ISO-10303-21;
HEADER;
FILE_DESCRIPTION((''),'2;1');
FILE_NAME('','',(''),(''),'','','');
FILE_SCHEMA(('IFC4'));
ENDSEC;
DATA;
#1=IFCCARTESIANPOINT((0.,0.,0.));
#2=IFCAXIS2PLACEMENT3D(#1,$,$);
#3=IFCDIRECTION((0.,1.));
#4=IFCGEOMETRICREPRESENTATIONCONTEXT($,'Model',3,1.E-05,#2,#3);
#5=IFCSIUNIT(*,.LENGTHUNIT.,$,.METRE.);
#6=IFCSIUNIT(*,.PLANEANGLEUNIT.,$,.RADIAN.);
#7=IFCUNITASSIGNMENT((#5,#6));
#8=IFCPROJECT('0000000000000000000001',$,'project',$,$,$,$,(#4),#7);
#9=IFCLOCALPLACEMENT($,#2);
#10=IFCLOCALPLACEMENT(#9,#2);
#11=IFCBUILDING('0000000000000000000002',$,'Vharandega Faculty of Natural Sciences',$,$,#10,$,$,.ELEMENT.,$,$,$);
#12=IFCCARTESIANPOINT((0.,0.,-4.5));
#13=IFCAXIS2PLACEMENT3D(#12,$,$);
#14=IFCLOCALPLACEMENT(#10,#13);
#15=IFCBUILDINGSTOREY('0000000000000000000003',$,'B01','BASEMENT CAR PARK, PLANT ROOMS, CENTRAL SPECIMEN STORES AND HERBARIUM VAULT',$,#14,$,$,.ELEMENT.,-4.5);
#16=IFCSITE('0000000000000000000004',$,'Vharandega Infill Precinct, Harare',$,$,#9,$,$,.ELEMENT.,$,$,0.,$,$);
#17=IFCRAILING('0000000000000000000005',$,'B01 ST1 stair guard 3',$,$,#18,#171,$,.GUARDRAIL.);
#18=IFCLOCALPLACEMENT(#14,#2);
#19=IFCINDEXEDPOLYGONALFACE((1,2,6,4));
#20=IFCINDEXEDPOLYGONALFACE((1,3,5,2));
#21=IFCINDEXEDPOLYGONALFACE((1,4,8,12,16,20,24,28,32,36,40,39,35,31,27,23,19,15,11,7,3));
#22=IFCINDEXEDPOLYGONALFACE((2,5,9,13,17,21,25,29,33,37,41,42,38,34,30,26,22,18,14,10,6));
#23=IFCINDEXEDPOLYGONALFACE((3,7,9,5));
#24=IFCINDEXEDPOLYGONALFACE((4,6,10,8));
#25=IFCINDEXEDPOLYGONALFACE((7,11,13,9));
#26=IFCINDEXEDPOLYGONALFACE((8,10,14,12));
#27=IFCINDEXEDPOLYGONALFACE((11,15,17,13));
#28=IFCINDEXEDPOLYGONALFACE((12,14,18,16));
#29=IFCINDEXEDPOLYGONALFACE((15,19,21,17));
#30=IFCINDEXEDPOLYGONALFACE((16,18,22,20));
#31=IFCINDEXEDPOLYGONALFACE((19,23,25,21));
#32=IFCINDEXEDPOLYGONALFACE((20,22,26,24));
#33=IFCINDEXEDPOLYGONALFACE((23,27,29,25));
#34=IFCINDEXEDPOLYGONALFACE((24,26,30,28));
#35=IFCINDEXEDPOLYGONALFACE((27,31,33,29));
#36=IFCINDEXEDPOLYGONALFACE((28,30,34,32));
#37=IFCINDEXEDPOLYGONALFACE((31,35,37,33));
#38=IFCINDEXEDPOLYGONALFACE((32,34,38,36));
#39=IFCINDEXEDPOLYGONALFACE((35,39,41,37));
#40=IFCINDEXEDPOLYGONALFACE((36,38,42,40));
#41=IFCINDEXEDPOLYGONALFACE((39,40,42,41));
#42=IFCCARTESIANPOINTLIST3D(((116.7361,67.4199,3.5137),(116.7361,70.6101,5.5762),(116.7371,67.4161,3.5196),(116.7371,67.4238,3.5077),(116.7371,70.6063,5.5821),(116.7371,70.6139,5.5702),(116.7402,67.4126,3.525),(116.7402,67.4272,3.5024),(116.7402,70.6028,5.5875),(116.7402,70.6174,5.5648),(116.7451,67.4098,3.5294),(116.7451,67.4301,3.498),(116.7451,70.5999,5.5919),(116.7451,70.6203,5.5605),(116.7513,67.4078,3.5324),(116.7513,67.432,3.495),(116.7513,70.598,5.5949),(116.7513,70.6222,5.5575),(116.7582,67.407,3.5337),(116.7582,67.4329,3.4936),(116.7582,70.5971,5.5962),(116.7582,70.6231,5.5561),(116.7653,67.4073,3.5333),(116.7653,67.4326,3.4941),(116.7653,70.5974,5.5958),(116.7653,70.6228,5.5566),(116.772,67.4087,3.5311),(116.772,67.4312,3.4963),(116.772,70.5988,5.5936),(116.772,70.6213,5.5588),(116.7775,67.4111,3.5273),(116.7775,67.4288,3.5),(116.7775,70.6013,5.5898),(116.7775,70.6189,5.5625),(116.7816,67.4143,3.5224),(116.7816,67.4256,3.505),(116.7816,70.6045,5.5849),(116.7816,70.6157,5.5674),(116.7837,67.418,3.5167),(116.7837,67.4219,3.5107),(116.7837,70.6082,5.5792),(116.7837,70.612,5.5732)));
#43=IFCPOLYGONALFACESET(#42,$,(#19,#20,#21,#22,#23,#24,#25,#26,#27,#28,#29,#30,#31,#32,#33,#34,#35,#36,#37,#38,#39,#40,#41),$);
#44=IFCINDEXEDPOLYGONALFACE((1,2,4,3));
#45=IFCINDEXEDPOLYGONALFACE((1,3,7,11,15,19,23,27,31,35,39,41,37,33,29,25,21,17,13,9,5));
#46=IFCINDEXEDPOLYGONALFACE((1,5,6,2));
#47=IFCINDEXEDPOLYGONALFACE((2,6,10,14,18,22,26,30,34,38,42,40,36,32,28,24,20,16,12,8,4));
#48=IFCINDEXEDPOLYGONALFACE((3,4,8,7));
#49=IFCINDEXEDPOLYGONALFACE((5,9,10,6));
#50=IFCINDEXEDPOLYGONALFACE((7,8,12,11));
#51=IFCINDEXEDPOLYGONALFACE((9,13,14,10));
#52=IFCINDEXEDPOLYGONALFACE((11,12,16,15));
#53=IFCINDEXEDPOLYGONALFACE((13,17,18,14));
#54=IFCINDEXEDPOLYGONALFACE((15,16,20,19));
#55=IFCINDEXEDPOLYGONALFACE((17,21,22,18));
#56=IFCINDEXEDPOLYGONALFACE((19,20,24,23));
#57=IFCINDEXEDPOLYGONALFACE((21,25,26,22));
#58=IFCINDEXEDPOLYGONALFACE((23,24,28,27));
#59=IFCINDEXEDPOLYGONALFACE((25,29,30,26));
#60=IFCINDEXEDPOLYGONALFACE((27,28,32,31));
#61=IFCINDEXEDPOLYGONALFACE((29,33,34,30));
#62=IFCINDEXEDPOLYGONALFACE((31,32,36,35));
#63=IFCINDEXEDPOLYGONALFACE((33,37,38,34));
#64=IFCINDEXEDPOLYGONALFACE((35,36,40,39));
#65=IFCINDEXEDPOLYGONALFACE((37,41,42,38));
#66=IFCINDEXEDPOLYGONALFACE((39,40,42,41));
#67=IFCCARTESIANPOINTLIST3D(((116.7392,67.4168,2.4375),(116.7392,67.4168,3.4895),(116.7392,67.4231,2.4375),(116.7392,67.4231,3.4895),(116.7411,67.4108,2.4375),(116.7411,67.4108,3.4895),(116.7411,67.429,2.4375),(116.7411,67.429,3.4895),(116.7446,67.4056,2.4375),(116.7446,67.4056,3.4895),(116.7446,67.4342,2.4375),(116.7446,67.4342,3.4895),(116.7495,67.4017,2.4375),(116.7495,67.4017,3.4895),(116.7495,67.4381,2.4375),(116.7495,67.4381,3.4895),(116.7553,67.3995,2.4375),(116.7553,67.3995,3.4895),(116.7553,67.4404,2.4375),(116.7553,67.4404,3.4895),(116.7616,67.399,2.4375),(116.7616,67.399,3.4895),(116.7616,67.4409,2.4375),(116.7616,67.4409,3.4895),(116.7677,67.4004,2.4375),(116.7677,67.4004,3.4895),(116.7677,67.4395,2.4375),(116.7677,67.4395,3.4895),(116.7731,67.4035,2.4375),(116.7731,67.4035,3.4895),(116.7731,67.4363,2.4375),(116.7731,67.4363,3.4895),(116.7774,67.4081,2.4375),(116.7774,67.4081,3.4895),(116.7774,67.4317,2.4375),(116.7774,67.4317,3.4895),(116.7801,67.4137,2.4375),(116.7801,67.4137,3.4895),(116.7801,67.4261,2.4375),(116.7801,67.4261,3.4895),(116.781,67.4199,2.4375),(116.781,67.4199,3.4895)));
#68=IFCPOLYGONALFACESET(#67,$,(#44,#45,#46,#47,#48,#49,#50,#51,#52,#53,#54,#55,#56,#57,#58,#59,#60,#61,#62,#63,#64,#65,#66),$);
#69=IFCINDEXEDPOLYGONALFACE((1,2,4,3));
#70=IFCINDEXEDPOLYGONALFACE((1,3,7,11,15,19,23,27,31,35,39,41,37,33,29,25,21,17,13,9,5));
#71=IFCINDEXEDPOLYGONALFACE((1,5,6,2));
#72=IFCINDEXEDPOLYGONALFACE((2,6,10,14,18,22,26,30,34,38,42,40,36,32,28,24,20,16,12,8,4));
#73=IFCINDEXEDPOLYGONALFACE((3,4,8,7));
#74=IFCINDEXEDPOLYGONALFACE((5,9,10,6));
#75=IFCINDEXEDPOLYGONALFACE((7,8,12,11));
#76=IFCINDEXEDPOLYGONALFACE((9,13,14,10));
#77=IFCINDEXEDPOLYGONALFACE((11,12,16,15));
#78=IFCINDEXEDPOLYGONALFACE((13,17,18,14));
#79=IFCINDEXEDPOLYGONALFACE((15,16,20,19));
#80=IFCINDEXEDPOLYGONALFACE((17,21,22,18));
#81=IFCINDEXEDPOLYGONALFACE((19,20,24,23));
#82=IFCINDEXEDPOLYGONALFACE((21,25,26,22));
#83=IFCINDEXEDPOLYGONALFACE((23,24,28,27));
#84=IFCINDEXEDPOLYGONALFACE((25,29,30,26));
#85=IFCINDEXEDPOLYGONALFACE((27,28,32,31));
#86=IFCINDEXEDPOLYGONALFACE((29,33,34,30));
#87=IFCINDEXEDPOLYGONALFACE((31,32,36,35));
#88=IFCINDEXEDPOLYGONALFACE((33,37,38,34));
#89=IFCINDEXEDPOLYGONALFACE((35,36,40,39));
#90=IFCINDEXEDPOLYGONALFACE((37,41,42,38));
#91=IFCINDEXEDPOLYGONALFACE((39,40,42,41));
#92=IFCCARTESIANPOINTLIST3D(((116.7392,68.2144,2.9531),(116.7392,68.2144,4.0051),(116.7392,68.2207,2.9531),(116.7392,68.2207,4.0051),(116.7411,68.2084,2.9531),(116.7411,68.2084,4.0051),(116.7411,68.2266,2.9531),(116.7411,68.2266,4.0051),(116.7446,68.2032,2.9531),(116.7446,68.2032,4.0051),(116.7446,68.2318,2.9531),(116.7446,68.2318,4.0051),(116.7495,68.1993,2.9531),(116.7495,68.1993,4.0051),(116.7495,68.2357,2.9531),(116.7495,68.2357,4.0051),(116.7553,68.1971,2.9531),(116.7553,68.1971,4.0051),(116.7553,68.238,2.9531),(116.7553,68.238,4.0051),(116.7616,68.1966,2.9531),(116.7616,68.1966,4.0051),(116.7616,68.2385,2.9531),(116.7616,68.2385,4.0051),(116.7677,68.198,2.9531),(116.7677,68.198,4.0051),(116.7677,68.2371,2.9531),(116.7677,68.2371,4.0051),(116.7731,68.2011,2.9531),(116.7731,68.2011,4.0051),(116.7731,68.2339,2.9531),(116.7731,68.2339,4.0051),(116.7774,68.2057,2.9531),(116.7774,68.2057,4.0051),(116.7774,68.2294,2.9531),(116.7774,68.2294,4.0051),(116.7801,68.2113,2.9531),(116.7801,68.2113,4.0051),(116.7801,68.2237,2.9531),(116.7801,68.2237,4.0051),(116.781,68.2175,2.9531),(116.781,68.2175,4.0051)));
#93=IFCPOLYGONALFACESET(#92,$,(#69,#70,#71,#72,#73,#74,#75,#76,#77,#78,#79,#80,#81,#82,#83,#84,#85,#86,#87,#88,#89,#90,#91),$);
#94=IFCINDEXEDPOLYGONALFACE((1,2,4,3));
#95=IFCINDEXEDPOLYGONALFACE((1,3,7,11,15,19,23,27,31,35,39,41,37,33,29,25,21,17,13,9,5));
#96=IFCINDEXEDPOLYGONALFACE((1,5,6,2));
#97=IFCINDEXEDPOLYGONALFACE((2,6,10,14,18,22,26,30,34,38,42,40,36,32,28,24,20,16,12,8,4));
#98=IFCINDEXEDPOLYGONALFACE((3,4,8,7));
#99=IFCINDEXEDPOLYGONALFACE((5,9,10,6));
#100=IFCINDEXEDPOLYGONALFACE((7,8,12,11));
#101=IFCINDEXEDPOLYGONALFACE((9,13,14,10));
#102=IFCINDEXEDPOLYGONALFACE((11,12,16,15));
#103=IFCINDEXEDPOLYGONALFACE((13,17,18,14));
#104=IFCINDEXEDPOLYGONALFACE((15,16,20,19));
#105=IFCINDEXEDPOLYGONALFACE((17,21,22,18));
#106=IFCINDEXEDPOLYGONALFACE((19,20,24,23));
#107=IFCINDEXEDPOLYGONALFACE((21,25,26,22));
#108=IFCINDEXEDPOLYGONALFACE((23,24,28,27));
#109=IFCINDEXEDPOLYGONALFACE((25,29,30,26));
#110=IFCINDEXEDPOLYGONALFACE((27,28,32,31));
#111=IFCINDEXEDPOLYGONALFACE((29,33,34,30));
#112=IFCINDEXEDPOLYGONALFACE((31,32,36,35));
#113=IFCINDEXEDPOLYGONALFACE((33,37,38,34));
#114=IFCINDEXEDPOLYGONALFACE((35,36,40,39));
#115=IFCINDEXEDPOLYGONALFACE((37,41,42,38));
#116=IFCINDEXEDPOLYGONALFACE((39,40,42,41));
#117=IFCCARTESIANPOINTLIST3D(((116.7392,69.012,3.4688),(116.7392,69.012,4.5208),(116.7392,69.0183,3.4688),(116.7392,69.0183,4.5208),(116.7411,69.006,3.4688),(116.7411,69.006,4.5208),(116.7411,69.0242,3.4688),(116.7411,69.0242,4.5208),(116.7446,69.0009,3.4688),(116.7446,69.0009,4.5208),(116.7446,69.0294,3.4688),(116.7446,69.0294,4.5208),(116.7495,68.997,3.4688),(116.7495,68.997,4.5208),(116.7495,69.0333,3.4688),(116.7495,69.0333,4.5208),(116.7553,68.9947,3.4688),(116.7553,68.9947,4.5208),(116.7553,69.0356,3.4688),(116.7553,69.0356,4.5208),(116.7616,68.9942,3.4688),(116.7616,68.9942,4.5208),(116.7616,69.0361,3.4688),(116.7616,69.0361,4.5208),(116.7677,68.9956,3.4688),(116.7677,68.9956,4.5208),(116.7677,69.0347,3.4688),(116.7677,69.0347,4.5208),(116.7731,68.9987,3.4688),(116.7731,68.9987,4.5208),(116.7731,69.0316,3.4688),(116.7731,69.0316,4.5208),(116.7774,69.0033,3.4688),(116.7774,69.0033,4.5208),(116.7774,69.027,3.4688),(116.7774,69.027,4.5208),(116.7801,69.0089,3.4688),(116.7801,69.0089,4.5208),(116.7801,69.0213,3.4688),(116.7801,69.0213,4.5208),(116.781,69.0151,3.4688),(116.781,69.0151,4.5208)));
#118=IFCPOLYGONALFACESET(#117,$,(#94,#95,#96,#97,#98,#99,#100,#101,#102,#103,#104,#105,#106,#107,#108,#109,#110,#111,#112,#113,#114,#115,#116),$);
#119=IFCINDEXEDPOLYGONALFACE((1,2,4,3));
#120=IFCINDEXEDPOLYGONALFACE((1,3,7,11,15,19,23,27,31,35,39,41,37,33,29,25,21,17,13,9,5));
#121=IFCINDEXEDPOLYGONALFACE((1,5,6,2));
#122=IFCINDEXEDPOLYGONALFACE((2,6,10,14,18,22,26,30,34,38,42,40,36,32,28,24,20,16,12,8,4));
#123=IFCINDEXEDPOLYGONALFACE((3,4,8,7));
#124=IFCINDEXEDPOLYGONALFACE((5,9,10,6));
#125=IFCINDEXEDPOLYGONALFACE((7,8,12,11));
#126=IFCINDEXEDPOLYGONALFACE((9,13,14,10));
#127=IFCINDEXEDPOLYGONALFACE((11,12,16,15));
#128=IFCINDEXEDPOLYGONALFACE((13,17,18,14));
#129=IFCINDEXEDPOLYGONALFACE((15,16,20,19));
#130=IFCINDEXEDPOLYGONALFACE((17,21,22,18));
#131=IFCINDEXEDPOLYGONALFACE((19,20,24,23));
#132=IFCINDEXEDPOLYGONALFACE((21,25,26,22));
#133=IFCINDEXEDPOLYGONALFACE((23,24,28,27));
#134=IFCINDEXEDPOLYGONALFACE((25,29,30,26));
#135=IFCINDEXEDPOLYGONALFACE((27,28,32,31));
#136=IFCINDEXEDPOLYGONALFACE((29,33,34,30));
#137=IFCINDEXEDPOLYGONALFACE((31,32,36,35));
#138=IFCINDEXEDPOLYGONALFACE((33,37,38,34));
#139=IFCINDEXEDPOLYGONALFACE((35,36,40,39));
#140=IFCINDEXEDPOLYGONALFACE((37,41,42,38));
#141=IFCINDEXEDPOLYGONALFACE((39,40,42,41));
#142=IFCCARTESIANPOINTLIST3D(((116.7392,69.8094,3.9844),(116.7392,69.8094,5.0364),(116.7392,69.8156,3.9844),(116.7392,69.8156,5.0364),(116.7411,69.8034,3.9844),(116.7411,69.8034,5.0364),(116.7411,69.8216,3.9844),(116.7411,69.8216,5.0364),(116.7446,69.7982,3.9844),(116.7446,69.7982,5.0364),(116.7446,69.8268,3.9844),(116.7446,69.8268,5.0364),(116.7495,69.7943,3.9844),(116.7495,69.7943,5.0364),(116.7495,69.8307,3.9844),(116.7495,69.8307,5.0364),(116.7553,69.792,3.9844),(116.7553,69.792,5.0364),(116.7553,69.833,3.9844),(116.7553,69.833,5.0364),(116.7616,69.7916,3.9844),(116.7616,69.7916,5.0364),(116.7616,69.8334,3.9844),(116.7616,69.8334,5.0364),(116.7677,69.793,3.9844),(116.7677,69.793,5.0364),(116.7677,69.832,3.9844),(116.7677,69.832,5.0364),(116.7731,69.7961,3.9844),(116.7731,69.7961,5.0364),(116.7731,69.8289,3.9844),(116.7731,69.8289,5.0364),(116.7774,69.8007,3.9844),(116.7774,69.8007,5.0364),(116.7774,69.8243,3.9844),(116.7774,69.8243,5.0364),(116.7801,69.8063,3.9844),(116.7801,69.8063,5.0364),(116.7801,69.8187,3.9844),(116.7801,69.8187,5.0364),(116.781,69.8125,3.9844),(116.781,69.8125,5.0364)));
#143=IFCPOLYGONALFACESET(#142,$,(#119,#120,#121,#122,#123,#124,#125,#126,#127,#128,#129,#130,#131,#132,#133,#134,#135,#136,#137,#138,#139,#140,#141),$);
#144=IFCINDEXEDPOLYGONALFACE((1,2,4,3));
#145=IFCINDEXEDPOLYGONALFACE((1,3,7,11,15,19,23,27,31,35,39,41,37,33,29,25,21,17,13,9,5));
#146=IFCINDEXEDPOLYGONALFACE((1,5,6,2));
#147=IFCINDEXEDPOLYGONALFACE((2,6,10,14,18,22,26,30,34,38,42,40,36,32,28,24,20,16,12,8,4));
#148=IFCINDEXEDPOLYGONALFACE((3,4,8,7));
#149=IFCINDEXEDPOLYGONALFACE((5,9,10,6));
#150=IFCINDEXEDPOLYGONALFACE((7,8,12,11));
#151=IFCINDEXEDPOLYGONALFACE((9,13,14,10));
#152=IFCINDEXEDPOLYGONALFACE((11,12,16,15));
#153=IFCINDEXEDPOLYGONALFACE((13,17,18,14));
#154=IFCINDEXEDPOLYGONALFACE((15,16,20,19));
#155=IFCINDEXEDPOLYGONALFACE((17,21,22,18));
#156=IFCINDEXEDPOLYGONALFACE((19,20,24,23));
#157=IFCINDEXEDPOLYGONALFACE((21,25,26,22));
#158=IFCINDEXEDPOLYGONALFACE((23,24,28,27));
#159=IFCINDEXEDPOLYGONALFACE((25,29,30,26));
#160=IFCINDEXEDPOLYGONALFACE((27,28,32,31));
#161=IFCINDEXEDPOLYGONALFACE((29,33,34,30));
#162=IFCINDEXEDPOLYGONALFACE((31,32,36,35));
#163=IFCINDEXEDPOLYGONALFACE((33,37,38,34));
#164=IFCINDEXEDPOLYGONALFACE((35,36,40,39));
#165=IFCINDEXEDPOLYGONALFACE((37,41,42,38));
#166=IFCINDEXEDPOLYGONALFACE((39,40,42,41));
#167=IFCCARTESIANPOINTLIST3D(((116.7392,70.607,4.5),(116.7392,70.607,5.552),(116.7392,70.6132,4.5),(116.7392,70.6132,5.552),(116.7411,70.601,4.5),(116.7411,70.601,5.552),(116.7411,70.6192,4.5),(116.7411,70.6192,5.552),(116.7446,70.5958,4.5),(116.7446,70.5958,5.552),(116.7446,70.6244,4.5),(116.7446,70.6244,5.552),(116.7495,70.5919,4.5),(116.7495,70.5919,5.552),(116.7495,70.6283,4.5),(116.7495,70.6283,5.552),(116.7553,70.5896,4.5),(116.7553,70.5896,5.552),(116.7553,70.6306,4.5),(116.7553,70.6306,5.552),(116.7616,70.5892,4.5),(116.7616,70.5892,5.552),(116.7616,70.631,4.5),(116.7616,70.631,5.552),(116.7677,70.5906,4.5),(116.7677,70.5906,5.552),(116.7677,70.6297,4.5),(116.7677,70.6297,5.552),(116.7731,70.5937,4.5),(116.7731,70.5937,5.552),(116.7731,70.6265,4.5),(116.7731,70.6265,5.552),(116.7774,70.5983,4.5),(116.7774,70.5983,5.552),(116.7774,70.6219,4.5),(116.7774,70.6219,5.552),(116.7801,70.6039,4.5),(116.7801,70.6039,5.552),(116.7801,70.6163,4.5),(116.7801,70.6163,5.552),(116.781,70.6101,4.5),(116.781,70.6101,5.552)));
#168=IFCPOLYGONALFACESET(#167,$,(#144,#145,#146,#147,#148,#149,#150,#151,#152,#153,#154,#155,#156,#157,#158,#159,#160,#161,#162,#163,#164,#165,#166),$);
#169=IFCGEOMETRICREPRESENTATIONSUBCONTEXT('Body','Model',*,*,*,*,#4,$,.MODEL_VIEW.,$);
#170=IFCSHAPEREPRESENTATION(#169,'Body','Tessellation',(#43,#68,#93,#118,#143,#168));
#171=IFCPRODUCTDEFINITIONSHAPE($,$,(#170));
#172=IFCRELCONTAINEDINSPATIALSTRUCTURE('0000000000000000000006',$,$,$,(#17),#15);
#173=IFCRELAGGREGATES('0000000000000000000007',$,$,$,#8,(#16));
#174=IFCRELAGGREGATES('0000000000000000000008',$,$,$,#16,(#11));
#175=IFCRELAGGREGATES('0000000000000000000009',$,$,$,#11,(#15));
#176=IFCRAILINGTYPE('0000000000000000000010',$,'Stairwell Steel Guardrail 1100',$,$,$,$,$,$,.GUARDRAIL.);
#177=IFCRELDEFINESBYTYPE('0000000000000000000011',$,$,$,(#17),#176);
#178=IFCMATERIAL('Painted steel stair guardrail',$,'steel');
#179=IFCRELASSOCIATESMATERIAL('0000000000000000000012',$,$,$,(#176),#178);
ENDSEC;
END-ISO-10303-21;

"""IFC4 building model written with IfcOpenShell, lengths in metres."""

from ifc_helpers import new_model, si_unit, direction, frame, origin, origin_2d, place, context, subcontext, project, spatial, circle, extrude, material, type_object, element, save


model = new_model("IFC4")

# Units and contexts
model_context = context("Model", 3, precision=1e-05, world=origin(), true_north=direction((0.0, 1.0)))
body_context = subcontext(model_context, "Body", "Model", "MODEL_VIEW")
ifc_project = project(units=[si_unit("LENGTHUNIT", "METRE"), si_unit("PLANEANGLEUNIT", "RADIAN")], contexts=[model_context])

# Site, building, storey
site_placement = place(None, origin())
site = spatial("IfcSite", under=ifc_project, at=site_placement, Name="Vharandega Infill Precinct, Harare", CompositionType="ELEMENT", RefElevation=0.0)
building_placement = place(site_placement, origin())
building = spatial("IfcBuilding", under=site, at=building_placement, Name="Vharandega Faculty of Natural Sciences", CompositionType="ELEMENT")
storey_placement = place(building_placement, frame((0.0, 0.0, -4.5)))
storey = spatial("IfcBuildingStorey", under=building, at=storey_placement, Name="B01", Description="BASEMENT CAR PARK, PLANT ROOMS, CENTRAL SPECIMEN STORES AND HERBARIUM VAULT", CompositionType="ELEMENT", Elevation=-4.5)

# Railing
ifc_material_1 = material(Name="Painted steel stair guardrail", Category="steel")
railing_type_1 = type_object("IfcRailingType", Name="Stairwell Steel Guardrail 1100", PredefinedType="GUARDRAIL", material=ifc_material_1)
railing_1_placement = place(storey_placement, frame((116.76, 67.4199, 2.4375)))
element("IfcRailing", 1, at=railing_1_placement, inside=storey, type_object=railing_type_1, Name="B01 ST1 stair guard 3", PredefinedType="GUARDRAIL", context=body_context, shape_type="SweptSolid", body=[
    extrude(circle(Radius=0.0239, at=origin_2d()), frame((0.0, 0.0, 1.0762), z_axis=(0.0, 0.839779, 0.542929), x_axis=(-1.0, 0.0, 0.0)), (0.0, 0.0, 1.0), 3.7988),
    extrude(circle(Radius=0.021, at=origin_2d()), origin(), (0.0, 0.0, 1.0), 1.052),
    extrude(circle(Radius=0.021, at=origin_2d()), frame((0.0, 0.7976, 0.5156)), (0.0, 0.0, 1.0), 1.052),
    extrude(circle(Radius=0.021, at=origin_2d()), frame((0.0, 1.5952, 1.0312)), (0.0, 0.0, 1.0), 1.052),
    extrude(circle(Radius=0.021, at=origin_2d()), frame((0.0, 2.3926, 1.5469)), (0.0, 0.0, 1.0), 1.052),
    extrude(circle(Radius=0.021, at=origin_2d()), frame((0.0, 3.1902, 2.0625)), (0.0, 0.0, 1.0), 1.052),
])

save(model, "model.ifc")
